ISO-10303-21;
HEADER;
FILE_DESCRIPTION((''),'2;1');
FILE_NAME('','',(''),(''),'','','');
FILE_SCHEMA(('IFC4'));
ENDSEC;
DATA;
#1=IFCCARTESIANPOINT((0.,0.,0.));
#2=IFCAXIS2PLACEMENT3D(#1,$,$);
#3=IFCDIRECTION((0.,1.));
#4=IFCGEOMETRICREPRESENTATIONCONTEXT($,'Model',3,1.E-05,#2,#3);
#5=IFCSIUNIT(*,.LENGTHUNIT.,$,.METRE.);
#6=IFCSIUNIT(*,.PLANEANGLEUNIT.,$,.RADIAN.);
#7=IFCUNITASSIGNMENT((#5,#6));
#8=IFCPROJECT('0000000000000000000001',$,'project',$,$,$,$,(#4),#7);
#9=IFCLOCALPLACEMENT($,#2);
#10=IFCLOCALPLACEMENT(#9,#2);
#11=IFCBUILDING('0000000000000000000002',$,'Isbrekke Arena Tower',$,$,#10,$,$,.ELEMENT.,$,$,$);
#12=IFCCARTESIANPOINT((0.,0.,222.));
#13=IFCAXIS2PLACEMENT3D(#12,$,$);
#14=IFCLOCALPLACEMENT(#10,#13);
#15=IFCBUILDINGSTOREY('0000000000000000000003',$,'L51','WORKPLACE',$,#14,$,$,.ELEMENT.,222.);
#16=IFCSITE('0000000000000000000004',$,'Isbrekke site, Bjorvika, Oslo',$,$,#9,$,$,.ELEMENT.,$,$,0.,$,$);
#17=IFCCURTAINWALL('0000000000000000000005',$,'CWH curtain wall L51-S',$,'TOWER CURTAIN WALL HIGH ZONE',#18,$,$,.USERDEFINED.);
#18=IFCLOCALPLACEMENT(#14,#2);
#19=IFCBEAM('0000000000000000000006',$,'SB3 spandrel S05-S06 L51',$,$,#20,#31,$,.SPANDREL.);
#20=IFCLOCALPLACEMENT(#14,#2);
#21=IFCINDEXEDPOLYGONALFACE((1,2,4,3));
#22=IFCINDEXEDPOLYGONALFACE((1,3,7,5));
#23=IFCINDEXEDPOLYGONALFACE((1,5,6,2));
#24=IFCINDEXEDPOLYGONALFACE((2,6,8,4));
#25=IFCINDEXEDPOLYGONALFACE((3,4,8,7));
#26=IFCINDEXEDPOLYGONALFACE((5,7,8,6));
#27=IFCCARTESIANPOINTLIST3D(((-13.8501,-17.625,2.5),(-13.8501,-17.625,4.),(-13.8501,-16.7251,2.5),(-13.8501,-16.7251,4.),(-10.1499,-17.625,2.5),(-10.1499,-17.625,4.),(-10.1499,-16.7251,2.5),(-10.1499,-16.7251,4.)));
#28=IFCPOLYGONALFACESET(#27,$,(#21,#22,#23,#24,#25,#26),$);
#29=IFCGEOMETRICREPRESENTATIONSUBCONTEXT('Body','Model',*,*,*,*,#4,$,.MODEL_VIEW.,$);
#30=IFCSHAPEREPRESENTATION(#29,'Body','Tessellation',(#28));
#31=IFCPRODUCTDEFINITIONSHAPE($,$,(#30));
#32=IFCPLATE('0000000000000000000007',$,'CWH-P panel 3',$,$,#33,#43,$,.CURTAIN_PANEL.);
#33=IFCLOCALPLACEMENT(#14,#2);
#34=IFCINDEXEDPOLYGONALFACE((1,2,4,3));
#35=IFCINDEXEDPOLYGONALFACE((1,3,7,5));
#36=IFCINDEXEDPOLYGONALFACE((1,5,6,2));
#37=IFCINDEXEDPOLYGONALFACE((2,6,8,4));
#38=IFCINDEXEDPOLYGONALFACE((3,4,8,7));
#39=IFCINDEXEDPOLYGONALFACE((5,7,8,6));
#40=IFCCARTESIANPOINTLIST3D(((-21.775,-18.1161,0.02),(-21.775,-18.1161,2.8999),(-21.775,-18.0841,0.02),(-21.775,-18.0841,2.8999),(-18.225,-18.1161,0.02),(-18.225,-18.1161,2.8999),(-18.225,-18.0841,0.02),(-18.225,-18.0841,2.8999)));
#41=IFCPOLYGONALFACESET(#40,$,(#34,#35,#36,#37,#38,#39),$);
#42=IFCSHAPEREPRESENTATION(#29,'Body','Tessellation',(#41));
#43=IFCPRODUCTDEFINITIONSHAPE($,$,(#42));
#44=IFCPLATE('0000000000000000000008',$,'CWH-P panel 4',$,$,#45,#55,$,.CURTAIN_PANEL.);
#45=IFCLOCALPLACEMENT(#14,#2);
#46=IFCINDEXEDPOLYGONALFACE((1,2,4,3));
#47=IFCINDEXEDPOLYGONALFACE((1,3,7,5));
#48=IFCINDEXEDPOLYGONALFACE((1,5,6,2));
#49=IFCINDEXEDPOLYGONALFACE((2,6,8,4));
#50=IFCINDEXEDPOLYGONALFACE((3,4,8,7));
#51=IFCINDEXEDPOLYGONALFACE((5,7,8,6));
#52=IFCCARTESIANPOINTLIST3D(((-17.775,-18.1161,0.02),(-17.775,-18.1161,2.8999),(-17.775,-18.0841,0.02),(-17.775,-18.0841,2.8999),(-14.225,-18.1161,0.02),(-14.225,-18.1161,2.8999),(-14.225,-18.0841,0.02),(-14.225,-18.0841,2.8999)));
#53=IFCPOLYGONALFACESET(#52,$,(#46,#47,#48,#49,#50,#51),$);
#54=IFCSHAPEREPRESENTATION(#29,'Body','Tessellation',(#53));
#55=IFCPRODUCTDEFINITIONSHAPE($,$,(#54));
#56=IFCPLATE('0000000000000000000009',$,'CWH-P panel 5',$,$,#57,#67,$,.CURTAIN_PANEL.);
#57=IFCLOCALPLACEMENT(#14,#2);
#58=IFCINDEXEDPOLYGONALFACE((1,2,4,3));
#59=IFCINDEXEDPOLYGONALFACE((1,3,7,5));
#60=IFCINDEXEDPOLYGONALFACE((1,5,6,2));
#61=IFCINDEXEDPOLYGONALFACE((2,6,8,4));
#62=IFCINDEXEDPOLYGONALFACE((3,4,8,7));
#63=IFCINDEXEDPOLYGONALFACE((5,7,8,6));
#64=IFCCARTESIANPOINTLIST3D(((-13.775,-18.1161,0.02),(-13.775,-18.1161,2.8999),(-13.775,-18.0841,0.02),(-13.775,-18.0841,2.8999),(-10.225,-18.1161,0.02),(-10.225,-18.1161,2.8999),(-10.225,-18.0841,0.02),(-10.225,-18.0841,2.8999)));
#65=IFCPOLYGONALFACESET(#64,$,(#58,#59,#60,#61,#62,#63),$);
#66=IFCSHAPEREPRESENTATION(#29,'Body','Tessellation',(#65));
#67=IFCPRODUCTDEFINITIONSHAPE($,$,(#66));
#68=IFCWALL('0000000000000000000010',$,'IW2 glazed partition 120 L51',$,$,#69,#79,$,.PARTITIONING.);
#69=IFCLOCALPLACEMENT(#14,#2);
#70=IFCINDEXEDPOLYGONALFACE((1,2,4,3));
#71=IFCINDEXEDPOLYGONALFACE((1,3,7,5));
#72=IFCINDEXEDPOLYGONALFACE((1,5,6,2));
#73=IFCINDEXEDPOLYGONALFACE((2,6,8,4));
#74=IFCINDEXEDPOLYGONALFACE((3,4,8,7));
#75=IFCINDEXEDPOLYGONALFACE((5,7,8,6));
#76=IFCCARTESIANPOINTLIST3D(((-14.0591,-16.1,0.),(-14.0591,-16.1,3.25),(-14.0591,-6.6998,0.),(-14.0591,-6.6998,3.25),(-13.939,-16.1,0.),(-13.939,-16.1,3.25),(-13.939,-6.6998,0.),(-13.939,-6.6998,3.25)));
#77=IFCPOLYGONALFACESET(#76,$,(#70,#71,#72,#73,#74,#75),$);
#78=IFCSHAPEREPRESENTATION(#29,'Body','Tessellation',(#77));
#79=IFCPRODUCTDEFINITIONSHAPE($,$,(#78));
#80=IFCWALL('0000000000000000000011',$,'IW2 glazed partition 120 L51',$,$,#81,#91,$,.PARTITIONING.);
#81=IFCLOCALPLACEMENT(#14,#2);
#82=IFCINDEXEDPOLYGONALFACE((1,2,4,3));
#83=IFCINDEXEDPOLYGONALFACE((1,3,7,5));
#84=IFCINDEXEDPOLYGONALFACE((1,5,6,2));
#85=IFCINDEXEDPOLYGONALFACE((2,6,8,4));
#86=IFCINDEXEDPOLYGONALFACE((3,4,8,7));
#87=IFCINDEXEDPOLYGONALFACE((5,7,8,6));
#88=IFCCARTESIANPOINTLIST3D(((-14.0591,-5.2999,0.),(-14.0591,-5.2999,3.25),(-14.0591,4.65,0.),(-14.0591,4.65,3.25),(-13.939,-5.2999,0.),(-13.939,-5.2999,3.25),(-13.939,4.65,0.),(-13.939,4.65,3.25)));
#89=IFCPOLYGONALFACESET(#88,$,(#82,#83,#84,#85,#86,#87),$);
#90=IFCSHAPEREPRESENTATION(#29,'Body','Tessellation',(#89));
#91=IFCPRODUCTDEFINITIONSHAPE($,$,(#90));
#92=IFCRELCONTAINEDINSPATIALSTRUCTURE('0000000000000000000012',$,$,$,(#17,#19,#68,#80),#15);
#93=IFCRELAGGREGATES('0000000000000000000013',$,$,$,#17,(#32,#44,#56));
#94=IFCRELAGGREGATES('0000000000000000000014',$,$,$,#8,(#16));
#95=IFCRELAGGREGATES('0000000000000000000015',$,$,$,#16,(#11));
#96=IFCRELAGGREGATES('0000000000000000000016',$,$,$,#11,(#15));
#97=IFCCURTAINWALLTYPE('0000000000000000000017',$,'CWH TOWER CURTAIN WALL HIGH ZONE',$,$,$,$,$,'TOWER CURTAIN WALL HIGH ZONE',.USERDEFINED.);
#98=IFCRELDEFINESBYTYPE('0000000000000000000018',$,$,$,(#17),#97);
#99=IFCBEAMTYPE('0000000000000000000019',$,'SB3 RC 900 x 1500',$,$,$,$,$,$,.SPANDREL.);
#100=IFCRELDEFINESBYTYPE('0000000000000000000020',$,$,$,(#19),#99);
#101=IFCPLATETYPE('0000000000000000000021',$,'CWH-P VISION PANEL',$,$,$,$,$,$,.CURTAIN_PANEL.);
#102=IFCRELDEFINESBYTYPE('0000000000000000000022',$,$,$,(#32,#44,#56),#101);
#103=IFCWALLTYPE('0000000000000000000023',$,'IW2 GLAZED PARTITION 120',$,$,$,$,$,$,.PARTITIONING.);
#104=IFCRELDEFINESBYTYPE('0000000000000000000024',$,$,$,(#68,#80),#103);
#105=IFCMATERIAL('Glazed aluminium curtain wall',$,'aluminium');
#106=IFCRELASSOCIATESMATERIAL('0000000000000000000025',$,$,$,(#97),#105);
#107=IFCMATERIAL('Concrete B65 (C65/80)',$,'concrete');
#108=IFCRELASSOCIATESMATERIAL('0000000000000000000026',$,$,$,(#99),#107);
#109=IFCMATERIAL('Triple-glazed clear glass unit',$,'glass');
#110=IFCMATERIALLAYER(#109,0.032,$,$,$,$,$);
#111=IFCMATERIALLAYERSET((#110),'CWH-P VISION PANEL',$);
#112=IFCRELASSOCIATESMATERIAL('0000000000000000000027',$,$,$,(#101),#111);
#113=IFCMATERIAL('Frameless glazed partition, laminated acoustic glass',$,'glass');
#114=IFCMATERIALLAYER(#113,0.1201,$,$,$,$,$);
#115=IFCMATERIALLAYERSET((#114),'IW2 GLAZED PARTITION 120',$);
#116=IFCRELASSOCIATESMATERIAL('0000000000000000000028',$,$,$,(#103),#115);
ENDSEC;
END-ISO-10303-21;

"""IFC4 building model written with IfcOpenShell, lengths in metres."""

from ifc_helpers import new_model, si_unit, direction, frame, frame_2d, origin, origin_2d, place, context, subcontext, project, spatial, rectangle, extrude, material, layer, layer_set, material_profile, profile_set, type_object, element, aggregate, save


model = new_model("IFC4")

# Units and contexts
model_context = context("Model", 3, precision=1e-05, world=origin(), true_north=direction((0.0, 1.0)))
body_context = subcontext(model_context, "Body", "Model", "MODEL_VIEW")
ifc_project = project(units=[si_unit("LENGTHUNIT", "METRE"), si_unit("PLANEANGLEUNIT", "RADIAN")], contexts=[model_context])

# Site, building, storey
site_placement = place(None, origin())
site = spatial("IfcSite", under=ifc_project, at=site_placement, Name="Isbrekke site, Bjorvika, Oslo", CompositionType="ELEMENT", RefElevation=0.0)
building_placement = place(site_placement, origin())
building = spatial("IfcBuilding", under=site, at=building_placement, Name="Isbrekke Arena Tower", CompositionType="ELEMENT")
storey_placement = place(building_placement, frame((0.0, 0.0, 222.0)))
storey = spatial("IfcBuildingStorey", under=building, at=storey_placement, Name="L51", Description="WORKPLACE", CompositionType="ELEMENT", Elevation=222.0)

# Curtain wall
ifc_material_1 = material(Name="Glazed aluminium curtain wall", Category="aluminium")
curtain_wall_type = type_object("IfcCurtainWallType", Name="CWH TOWER CURTAIN WALL HIGH ZONE", ElementType="TOWER CURTAIN WALL HIGH ZONE", PredefinedType="USERDEFINED", material=ifc_material_1)
curtain_wall_placement = place(storey_placement, origin())
curtain_wall = element("IfcCurtainWall", 1, at=curtain_wall_placement, inside=storey, type_object=curtain_wall_type, Name="CWH curtain wall L51-S", ObjectType="TOWER CURTAIN WALL HIGH ZONE", PredefinedType="USERDEFINED")

# Beam
ifc_material_2 = material(Name="Concrete B65 (C65/80)", Category="concrete")
ifc_material_profile_1 = material_profile(ifc_material_2, rectangle(XDim=0.8999, YDim=1.5, at=origin_2d()), Name="RC 900x1500")
ifc_profile_set_1 = profile_set([ifc_material_profile_1], Name="Concrete B65 (C65/80)")
beam_type_1 = type_object("IfcBeamType", Name="SB3 RC 900 x 1500", PredefinedType="SPANDREL", material=ifc_profile_set_1)
for number, where, z_axis, x_axis, name in (
    (2, (-13.8501, -17.175, 3.25), (1.0, 0.0, 0.0), (0.0, 1.0, 0.0), "SB3 spandrel S05-S06 L51"),
):
    element("IfcBeam", number, at=place(storey_placement, frame(where, z_axis=z_axis, x_axis=x_axis)), inside=storey, type_object=beam_type_1, Name=name, PredefinedType="SPANDREL", context=body_context, shape_type="SweptSolid", body=[
        extrude(rectangle(XDim=0.8999, YDim=1.5, at=origin_2d()), origin(), (0.0, 0.0, 1.0), 3.7002),
    ])

# Plates
ifc_material_3 = material(Name="Triple-glazed clear glass unit", Category="glass")
ifc_layer_1 = layer(ifc_material_3, 0.032)
ifc_layer_set_1 = layer_set([ifc_layer_1], Name="CWH-P VISION PANEL")
plate_type = type_object("IfcPlateType", Name="CWH-P VISION PANEL", PredefinedType="CURTAIN_PANEL", material=ifc_layer_set_1)
plate_1_placement = place(storey_placement, frame((-20.0, -18.1001, 0.02), z_axis=(0.0, 0.0, 1.0), x_axis=(1.0, 0.0, 0.0)))
plate_1 = element("IfcPlate", 3, at=plate_1_placement, type_object=plate_type, Name="CWH-P panel 3", PredefinedType="CURTAIN_PANEL", context=body_context, shape_type="SweptSolid", body=[
    extrude(rectangle(XDim=3.55, YDim=0.032, at=origin_2d()), origin(), (0.0, 0.0, 1.0), 2.8799),
])
plate_2_placement = place(storey_placement, frame((-16.0, -18.1001, 0.02), z_axis=(0.0, 0.0, 1.0), x_axis=(1.0, 0.0, 0.0)))
plate_2 = element("IfcPlate", 4, at=plate_2_placement, type_object=plate_type, Name="CWH-P panel 4", PredefinedType="CURTAIN_PANEL", context=body_context, shape_type="SweptSolid", body=[
    extrude(rectangle(XDim=3.55, YDim=0.032, at=origin_2d()), origin(), (0.0, 0.0, 1.0), 2.8799),
])
plate_3_placement = place(storey_placement, frame((-12.0, -18.1001, 0.02), z_axis=(0.0, 0.0, 1.0), x_axis=(1.0, 0.0, 0.0)))
plate_3 = element("IfcPlate", 5, at=plate_3_placement, type_object=plate_type, Name="CWH-P panel 5", PredefinedType="CURTAIN_PANEL", context=body_context, shape_type="SweptSolid", body=[
    extrude(rectangle(XDim=3.55, YDim=0.032, at=origin_2d()), origin(), (0.0, 0.0, 1.0), 2.8799),
])
aggregate(curtain_wall, [plate_1, plate_2, plate_3])

# Shared definitions
ifc_material_4 = material(Name="Frameless glazed partition, laminated acoustic glass", Category="glass")
ifc_layer_2 = layer(ifc_material_4, 0.1201)
ifc_layer_set_2 = layer_set([ifc_layer_2], Name="IW2 GLAZED PARTITION 120")
wall_type = type_object("IfcWallType", Name="IW2 GLAZED PARTITION 120", PredefinedType="PARTITIONING", material=ifc_layer_set_2)

# Walls
wall_1_placement = place(storey_placement, frame((-13.999, -16.1001, 0.0), z_axis=(0.0, 0.0, 1.0), x_axis=(0.0, 1.0, 0.0)))
element("IfcWall", 6, at=wall_1_placement, inside=storey, type_object=wall_type, Name="IW2 glazed partition 120 L51", PredefinedType="PARTITIONING", context=body_context, shape_type="SweptSolid", body=[
    extrude(rectangle(XDim=9.4001, YDim=0.1201, at=frame_2d((4.7002, 0.0))), origin(), (0.0, 0.0, 1.0), 3.25),
])
wall_2_placement = place(storey_placement, frame((-13.999, -5.3, 0.0), z_axis=(0.0, 0.0, 1.0), x_axis=(0.0, 1.0, 0.0)))
element("IfcWall", 7, at=wall_2_placement, inside=storey, type_object=wall_type, Name="IW2 glazed partition 120 L51", PredefinedType="PARTITIONING", context=body_context, shape_type="SweptSolid", body=[
    extrude(rectangle(XDim=9.95, YDim=0.1201, at=frame_2d((4.9751, 0.0))), origin(), (0.0, 0.0, 1.0), 3.25),
])

save(model, "model.ifc")
